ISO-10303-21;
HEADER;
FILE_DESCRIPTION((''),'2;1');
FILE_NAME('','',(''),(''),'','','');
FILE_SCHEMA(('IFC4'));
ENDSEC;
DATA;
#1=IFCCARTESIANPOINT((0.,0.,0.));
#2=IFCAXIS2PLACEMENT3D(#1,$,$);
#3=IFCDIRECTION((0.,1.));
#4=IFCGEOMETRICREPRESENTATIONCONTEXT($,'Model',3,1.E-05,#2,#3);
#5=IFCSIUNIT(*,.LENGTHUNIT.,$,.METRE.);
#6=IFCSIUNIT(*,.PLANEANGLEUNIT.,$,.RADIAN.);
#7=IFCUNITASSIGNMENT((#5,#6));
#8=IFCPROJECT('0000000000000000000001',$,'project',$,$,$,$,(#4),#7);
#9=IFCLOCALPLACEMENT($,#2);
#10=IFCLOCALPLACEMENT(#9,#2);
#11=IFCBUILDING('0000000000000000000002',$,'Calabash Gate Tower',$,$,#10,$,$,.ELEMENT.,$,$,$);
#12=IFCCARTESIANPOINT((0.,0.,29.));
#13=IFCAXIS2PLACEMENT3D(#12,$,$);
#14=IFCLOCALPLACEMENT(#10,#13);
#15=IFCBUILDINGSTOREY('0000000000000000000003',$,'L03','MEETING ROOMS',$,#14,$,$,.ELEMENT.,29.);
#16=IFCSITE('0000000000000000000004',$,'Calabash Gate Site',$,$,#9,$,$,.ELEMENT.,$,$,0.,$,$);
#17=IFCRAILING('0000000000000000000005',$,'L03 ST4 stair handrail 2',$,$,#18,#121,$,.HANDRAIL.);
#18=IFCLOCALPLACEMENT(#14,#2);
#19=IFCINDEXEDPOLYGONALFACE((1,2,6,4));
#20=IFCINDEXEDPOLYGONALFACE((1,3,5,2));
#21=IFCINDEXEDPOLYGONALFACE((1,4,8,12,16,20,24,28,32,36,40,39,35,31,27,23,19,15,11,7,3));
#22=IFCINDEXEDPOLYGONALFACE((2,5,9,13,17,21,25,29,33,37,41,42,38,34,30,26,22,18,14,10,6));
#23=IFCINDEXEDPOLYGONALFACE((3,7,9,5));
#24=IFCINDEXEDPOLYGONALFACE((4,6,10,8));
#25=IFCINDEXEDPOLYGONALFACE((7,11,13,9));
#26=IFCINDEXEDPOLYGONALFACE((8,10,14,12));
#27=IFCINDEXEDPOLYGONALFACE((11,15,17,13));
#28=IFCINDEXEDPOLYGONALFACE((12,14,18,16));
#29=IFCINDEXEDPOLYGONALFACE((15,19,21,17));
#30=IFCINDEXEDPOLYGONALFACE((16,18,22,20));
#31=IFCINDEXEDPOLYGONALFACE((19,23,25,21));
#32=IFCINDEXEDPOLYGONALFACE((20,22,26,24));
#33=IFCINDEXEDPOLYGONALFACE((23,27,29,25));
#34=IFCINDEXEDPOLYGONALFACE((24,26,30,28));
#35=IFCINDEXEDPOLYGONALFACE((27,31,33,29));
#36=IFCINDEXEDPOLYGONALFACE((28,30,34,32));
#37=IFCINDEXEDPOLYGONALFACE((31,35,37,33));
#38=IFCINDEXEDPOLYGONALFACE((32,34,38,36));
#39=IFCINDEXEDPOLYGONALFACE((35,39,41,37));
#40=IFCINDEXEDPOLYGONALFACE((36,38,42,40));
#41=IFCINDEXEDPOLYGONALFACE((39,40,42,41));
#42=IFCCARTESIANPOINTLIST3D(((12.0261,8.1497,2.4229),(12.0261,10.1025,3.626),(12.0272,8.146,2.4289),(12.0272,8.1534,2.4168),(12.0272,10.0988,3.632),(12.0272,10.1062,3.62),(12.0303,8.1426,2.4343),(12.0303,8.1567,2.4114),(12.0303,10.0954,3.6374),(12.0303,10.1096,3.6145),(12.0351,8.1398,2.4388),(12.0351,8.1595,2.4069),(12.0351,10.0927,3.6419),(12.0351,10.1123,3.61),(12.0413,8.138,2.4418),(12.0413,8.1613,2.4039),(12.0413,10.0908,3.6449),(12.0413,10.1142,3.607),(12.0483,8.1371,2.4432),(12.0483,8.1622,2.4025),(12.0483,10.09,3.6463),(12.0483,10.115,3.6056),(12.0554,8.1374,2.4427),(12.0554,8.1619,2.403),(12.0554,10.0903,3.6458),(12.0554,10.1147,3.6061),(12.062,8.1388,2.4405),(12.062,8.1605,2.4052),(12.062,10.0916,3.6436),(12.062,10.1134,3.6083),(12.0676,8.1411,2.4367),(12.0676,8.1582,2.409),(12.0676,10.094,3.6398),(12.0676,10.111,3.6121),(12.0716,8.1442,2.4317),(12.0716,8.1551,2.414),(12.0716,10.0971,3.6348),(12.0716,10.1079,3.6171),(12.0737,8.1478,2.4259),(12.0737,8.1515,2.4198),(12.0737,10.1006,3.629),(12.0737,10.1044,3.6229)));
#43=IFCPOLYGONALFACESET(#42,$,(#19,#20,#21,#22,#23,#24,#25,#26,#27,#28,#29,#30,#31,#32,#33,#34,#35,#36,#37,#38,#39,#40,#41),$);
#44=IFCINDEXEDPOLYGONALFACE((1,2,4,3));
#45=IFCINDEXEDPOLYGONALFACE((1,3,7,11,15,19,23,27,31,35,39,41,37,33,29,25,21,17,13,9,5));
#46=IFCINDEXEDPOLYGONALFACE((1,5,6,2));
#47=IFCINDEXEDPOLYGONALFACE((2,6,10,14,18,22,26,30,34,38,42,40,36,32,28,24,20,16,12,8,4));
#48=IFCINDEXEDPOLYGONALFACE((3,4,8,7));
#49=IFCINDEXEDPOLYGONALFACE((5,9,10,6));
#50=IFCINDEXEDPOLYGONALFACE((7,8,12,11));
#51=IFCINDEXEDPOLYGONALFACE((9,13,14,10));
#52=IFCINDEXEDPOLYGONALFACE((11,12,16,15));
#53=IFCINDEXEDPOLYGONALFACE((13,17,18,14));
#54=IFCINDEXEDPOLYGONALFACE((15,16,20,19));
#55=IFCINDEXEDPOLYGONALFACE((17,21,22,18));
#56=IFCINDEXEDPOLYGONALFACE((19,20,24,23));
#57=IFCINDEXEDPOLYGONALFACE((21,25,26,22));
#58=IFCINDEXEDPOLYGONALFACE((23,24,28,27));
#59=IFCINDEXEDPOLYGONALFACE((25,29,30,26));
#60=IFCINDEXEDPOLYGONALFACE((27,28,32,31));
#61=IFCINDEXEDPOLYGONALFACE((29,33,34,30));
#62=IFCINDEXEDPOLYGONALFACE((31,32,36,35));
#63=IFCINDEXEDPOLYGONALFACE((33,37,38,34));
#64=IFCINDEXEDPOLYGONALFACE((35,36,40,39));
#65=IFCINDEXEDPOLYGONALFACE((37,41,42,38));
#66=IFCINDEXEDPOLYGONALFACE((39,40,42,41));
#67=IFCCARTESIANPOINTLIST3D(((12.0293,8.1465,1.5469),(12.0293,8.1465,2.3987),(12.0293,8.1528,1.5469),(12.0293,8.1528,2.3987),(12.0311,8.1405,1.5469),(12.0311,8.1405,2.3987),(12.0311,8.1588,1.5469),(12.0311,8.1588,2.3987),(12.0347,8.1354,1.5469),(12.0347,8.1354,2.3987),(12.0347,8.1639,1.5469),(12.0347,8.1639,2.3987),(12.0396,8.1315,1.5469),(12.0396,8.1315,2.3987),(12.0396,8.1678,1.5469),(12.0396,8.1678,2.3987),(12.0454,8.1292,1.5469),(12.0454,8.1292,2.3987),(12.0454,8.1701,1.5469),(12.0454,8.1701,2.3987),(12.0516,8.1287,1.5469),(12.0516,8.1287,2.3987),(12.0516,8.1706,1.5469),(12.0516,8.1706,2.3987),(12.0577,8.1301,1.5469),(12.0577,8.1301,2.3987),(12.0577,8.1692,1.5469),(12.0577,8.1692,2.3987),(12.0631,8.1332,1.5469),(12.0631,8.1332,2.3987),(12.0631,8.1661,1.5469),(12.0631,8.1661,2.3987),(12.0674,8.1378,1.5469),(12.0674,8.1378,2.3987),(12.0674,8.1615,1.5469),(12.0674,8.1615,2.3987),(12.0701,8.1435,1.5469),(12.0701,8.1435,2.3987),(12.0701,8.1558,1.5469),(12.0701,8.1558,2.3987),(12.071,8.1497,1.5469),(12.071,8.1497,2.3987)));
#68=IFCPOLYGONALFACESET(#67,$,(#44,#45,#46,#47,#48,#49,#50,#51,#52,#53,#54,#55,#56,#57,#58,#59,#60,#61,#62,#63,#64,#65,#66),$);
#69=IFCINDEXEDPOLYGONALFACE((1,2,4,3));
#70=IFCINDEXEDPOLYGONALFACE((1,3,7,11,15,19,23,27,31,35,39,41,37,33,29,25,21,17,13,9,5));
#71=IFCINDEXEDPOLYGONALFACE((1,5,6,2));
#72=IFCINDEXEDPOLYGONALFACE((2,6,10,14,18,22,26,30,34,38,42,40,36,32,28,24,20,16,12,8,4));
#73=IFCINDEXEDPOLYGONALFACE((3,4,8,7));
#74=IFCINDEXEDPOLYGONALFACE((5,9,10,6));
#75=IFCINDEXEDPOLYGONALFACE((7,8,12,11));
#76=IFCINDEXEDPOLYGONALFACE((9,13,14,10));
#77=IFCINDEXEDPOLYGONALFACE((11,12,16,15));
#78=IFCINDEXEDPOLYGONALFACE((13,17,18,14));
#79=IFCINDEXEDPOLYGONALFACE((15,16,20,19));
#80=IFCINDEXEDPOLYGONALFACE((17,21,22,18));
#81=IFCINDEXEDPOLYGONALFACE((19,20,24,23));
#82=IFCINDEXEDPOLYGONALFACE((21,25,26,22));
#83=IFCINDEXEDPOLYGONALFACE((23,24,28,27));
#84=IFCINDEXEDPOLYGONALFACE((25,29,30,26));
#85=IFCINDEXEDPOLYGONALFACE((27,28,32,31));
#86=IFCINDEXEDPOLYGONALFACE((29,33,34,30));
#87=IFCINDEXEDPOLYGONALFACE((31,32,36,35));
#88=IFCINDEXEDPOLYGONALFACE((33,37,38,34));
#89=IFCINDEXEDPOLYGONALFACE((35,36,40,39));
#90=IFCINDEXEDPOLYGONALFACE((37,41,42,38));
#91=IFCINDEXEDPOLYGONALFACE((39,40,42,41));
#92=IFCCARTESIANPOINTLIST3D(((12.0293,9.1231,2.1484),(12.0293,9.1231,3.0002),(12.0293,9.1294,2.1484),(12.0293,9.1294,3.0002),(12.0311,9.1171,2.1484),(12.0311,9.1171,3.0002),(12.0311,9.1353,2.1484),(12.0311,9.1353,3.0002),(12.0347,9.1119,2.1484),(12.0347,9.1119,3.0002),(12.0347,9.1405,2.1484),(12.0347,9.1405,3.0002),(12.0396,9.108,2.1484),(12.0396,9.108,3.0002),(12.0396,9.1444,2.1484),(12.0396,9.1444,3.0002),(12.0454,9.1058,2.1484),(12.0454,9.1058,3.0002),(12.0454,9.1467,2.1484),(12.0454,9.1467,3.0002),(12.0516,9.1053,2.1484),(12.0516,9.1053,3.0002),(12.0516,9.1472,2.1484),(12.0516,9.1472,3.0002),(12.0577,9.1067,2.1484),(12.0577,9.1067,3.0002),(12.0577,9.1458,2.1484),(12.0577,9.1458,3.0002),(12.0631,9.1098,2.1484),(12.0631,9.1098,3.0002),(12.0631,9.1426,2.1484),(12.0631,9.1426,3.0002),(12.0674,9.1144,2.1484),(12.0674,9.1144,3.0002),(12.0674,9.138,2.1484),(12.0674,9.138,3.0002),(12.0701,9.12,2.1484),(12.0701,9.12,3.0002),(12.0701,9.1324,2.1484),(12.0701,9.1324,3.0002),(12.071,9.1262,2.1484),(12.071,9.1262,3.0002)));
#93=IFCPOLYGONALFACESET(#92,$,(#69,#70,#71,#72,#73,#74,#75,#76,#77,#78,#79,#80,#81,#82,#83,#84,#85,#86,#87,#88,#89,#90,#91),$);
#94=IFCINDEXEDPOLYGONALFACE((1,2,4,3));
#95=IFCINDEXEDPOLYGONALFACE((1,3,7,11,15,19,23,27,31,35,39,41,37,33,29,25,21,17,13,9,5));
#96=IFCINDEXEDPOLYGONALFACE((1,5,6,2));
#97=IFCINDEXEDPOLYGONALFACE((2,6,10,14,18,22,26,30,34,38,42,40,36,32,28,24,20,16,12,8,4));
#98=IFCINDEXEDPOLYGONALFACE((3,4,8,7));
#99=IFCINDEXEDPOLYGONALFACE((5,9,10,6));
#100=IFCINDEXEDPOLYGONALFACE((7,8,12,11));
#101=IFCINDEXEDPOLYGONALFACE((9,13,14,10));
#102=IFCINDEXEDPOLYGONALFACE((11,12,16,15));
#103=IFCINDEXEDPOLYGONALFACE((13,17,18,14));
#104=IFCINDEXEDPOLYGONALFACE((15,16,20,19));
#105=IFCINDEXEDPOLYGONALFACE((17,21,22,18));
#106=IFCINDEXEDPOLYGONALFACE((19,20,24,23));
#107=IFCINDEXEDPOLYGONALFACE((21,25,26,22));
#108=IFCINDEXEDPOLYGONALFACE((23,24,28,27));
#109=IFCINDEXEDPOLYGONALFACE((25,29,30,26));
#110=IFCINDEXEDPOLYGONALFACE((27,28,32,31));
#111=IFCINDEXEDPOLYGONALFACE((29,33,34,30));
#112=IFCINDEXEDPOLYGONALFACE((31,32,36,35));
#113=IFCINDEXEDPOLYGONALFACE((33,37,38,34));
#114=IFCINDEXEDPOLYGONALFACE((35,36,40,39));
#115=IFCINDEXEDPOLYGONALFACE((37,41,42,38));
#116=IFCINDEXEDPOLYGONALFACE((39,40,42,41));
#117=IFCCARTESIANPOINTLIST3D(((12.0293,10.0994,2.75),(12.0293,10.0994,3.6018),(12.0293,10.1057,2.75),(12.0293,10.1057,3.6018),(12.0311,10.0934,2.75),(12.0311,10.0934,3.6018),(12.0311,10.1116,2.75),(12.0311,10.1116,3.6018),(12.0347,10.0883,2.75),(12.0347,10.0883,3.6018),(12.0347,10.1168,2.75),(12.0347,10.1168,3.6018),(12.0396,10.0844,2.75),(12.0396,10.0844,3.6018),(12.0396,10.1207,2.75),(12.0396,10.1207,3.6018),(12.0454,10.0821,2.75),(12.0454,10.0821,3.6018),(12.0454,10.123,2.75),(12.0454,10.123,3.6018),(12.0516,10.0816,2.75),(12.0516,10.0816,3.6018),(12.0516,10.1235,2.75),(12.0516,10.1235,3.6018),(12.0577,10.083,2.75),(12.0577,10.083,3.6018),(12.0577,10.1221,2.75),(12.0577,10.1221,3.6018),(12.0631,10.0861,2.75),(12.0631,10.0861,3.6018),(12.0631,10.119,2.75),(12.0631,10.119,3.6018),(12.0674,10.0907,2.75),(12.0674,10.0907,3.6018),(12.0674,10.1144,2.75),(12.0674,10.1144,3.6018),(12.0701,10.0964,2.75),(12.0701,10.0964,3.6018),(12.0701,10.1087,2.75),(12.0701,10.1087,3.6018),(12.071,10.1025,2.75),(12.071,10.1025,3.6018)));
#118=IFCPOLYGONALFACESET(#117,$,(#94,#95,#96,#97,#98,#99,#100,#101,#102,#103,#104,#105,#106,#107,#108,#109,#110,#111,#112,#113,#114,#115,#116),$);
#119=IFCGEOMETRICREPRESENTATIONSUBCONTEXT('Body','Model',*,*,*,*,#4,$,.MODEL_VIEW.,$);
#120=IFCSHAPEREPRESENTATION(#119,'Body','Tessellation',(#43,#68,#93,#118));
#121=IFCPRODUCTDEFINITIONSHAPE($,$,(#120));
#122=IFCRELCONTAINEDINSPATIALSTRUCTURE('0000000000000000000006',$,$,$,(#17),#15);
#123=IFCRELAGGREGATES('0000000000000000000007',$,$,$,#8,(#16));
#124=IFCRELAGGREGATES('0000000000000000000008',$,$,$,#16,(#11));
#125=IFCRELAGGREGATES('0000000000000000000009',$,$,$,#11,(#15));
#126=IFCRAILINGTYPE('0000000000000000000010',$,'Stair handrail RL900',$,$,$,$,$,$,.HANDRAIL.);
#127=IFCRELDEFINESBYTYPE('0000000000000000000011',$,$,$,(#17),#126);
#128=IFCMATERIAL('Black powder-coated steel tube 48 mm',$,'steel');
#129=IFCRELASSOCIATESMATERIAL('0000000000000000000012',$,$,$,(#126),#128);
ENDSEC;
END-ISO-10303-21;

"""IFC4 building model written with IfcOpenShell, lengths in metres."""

from ifc_helpers import new_model, si_unit, direction, frame, origin, origin_2d, place, context, subcontext, project, spatial, circle, extrude, material, type_object, element, save


model = new_model("IFC4")

# Units and contexts
model_context = context("Model", 3, precision=1e-05, world=origin(), true_north=direction((0.0, 1.0)))
body_context = subcontext(model_context, "Body", "Model", "MODEL_VIEW")
ifc_project = project(units=[si_unit("LENGTHUNIT", "METRE"), si_unit("PLANEANGLEUNIT", "RADIAN")], contexts=[model_context])

# Site, building, storey
site_placement = place(None, origin())
site = spatial("IfcSite", under=ifc_project, at=site_placement, Name="Calabash Gate Site", CompositionType="ELEMENT", RefElevation=0.0)
building_placement = place(site_placement, origin())
building = spatial("IfcBuilding", under=site, at=building_placement, Name="Calabash Gate Tower", CompositionType="ELEMENT")
storey_placement = place(building_placement, frame((0.0, 0.0, 29.0)))
storey = spatial("IfcBuildingStorey", under=building, at=storey_placement, Name="L03", Description="MEETING ROOMS", CompositionType="ELEMENT", Elevation=29.0)

# Railing
ifc_material_1 = material(Name="Black powder-coated steel tube 48 mm", Category="steel")
railing_type_1 = type_object("IfcRailingType", Name="Stair handrail RL900", PredefinedType="HANDRAIL", material=ifc_material_1)
railing_1_placement = place(storey_placement, frame((12.05, 8.1497, 1.5469)))
element("IfcRailing", 1, at=railing_1_placement, inside=storey, type_object=railing_type_1, Name="L03 ST4 stair handrail 2", PredefinedType="HANDRAIL", context=body_context, shape_type="SweptSolid", body=[
    extrude(circle(Radius=0.0239, at=origin_2d()), frame((0.0, 0.0, 0.876), z_axis=(0.0, 0.851395, 0.524525), x_axis=(-1.0, 0.0, 0.0)), (0.0, 0.0, 1.0), 2.2937),
    extrude(circle(Radius=0.021, at=origin_2d()), origin(), (0.0, 0.0, 1.0), 0.8518),
    extrude(circle(Radius=0.021, at=origin_2d()), frame((0.0, 0.9766, 0.6016)), (0.0, 0.0, 1.0), 0.8518),
    extrude(circle(Radius=0.021, at=origin_2d()), frame((0.0, 1.9529, 1.2031)), (0.0, 0.0, 1.0), 0.8518),
])

save(model, "model.ifc")
